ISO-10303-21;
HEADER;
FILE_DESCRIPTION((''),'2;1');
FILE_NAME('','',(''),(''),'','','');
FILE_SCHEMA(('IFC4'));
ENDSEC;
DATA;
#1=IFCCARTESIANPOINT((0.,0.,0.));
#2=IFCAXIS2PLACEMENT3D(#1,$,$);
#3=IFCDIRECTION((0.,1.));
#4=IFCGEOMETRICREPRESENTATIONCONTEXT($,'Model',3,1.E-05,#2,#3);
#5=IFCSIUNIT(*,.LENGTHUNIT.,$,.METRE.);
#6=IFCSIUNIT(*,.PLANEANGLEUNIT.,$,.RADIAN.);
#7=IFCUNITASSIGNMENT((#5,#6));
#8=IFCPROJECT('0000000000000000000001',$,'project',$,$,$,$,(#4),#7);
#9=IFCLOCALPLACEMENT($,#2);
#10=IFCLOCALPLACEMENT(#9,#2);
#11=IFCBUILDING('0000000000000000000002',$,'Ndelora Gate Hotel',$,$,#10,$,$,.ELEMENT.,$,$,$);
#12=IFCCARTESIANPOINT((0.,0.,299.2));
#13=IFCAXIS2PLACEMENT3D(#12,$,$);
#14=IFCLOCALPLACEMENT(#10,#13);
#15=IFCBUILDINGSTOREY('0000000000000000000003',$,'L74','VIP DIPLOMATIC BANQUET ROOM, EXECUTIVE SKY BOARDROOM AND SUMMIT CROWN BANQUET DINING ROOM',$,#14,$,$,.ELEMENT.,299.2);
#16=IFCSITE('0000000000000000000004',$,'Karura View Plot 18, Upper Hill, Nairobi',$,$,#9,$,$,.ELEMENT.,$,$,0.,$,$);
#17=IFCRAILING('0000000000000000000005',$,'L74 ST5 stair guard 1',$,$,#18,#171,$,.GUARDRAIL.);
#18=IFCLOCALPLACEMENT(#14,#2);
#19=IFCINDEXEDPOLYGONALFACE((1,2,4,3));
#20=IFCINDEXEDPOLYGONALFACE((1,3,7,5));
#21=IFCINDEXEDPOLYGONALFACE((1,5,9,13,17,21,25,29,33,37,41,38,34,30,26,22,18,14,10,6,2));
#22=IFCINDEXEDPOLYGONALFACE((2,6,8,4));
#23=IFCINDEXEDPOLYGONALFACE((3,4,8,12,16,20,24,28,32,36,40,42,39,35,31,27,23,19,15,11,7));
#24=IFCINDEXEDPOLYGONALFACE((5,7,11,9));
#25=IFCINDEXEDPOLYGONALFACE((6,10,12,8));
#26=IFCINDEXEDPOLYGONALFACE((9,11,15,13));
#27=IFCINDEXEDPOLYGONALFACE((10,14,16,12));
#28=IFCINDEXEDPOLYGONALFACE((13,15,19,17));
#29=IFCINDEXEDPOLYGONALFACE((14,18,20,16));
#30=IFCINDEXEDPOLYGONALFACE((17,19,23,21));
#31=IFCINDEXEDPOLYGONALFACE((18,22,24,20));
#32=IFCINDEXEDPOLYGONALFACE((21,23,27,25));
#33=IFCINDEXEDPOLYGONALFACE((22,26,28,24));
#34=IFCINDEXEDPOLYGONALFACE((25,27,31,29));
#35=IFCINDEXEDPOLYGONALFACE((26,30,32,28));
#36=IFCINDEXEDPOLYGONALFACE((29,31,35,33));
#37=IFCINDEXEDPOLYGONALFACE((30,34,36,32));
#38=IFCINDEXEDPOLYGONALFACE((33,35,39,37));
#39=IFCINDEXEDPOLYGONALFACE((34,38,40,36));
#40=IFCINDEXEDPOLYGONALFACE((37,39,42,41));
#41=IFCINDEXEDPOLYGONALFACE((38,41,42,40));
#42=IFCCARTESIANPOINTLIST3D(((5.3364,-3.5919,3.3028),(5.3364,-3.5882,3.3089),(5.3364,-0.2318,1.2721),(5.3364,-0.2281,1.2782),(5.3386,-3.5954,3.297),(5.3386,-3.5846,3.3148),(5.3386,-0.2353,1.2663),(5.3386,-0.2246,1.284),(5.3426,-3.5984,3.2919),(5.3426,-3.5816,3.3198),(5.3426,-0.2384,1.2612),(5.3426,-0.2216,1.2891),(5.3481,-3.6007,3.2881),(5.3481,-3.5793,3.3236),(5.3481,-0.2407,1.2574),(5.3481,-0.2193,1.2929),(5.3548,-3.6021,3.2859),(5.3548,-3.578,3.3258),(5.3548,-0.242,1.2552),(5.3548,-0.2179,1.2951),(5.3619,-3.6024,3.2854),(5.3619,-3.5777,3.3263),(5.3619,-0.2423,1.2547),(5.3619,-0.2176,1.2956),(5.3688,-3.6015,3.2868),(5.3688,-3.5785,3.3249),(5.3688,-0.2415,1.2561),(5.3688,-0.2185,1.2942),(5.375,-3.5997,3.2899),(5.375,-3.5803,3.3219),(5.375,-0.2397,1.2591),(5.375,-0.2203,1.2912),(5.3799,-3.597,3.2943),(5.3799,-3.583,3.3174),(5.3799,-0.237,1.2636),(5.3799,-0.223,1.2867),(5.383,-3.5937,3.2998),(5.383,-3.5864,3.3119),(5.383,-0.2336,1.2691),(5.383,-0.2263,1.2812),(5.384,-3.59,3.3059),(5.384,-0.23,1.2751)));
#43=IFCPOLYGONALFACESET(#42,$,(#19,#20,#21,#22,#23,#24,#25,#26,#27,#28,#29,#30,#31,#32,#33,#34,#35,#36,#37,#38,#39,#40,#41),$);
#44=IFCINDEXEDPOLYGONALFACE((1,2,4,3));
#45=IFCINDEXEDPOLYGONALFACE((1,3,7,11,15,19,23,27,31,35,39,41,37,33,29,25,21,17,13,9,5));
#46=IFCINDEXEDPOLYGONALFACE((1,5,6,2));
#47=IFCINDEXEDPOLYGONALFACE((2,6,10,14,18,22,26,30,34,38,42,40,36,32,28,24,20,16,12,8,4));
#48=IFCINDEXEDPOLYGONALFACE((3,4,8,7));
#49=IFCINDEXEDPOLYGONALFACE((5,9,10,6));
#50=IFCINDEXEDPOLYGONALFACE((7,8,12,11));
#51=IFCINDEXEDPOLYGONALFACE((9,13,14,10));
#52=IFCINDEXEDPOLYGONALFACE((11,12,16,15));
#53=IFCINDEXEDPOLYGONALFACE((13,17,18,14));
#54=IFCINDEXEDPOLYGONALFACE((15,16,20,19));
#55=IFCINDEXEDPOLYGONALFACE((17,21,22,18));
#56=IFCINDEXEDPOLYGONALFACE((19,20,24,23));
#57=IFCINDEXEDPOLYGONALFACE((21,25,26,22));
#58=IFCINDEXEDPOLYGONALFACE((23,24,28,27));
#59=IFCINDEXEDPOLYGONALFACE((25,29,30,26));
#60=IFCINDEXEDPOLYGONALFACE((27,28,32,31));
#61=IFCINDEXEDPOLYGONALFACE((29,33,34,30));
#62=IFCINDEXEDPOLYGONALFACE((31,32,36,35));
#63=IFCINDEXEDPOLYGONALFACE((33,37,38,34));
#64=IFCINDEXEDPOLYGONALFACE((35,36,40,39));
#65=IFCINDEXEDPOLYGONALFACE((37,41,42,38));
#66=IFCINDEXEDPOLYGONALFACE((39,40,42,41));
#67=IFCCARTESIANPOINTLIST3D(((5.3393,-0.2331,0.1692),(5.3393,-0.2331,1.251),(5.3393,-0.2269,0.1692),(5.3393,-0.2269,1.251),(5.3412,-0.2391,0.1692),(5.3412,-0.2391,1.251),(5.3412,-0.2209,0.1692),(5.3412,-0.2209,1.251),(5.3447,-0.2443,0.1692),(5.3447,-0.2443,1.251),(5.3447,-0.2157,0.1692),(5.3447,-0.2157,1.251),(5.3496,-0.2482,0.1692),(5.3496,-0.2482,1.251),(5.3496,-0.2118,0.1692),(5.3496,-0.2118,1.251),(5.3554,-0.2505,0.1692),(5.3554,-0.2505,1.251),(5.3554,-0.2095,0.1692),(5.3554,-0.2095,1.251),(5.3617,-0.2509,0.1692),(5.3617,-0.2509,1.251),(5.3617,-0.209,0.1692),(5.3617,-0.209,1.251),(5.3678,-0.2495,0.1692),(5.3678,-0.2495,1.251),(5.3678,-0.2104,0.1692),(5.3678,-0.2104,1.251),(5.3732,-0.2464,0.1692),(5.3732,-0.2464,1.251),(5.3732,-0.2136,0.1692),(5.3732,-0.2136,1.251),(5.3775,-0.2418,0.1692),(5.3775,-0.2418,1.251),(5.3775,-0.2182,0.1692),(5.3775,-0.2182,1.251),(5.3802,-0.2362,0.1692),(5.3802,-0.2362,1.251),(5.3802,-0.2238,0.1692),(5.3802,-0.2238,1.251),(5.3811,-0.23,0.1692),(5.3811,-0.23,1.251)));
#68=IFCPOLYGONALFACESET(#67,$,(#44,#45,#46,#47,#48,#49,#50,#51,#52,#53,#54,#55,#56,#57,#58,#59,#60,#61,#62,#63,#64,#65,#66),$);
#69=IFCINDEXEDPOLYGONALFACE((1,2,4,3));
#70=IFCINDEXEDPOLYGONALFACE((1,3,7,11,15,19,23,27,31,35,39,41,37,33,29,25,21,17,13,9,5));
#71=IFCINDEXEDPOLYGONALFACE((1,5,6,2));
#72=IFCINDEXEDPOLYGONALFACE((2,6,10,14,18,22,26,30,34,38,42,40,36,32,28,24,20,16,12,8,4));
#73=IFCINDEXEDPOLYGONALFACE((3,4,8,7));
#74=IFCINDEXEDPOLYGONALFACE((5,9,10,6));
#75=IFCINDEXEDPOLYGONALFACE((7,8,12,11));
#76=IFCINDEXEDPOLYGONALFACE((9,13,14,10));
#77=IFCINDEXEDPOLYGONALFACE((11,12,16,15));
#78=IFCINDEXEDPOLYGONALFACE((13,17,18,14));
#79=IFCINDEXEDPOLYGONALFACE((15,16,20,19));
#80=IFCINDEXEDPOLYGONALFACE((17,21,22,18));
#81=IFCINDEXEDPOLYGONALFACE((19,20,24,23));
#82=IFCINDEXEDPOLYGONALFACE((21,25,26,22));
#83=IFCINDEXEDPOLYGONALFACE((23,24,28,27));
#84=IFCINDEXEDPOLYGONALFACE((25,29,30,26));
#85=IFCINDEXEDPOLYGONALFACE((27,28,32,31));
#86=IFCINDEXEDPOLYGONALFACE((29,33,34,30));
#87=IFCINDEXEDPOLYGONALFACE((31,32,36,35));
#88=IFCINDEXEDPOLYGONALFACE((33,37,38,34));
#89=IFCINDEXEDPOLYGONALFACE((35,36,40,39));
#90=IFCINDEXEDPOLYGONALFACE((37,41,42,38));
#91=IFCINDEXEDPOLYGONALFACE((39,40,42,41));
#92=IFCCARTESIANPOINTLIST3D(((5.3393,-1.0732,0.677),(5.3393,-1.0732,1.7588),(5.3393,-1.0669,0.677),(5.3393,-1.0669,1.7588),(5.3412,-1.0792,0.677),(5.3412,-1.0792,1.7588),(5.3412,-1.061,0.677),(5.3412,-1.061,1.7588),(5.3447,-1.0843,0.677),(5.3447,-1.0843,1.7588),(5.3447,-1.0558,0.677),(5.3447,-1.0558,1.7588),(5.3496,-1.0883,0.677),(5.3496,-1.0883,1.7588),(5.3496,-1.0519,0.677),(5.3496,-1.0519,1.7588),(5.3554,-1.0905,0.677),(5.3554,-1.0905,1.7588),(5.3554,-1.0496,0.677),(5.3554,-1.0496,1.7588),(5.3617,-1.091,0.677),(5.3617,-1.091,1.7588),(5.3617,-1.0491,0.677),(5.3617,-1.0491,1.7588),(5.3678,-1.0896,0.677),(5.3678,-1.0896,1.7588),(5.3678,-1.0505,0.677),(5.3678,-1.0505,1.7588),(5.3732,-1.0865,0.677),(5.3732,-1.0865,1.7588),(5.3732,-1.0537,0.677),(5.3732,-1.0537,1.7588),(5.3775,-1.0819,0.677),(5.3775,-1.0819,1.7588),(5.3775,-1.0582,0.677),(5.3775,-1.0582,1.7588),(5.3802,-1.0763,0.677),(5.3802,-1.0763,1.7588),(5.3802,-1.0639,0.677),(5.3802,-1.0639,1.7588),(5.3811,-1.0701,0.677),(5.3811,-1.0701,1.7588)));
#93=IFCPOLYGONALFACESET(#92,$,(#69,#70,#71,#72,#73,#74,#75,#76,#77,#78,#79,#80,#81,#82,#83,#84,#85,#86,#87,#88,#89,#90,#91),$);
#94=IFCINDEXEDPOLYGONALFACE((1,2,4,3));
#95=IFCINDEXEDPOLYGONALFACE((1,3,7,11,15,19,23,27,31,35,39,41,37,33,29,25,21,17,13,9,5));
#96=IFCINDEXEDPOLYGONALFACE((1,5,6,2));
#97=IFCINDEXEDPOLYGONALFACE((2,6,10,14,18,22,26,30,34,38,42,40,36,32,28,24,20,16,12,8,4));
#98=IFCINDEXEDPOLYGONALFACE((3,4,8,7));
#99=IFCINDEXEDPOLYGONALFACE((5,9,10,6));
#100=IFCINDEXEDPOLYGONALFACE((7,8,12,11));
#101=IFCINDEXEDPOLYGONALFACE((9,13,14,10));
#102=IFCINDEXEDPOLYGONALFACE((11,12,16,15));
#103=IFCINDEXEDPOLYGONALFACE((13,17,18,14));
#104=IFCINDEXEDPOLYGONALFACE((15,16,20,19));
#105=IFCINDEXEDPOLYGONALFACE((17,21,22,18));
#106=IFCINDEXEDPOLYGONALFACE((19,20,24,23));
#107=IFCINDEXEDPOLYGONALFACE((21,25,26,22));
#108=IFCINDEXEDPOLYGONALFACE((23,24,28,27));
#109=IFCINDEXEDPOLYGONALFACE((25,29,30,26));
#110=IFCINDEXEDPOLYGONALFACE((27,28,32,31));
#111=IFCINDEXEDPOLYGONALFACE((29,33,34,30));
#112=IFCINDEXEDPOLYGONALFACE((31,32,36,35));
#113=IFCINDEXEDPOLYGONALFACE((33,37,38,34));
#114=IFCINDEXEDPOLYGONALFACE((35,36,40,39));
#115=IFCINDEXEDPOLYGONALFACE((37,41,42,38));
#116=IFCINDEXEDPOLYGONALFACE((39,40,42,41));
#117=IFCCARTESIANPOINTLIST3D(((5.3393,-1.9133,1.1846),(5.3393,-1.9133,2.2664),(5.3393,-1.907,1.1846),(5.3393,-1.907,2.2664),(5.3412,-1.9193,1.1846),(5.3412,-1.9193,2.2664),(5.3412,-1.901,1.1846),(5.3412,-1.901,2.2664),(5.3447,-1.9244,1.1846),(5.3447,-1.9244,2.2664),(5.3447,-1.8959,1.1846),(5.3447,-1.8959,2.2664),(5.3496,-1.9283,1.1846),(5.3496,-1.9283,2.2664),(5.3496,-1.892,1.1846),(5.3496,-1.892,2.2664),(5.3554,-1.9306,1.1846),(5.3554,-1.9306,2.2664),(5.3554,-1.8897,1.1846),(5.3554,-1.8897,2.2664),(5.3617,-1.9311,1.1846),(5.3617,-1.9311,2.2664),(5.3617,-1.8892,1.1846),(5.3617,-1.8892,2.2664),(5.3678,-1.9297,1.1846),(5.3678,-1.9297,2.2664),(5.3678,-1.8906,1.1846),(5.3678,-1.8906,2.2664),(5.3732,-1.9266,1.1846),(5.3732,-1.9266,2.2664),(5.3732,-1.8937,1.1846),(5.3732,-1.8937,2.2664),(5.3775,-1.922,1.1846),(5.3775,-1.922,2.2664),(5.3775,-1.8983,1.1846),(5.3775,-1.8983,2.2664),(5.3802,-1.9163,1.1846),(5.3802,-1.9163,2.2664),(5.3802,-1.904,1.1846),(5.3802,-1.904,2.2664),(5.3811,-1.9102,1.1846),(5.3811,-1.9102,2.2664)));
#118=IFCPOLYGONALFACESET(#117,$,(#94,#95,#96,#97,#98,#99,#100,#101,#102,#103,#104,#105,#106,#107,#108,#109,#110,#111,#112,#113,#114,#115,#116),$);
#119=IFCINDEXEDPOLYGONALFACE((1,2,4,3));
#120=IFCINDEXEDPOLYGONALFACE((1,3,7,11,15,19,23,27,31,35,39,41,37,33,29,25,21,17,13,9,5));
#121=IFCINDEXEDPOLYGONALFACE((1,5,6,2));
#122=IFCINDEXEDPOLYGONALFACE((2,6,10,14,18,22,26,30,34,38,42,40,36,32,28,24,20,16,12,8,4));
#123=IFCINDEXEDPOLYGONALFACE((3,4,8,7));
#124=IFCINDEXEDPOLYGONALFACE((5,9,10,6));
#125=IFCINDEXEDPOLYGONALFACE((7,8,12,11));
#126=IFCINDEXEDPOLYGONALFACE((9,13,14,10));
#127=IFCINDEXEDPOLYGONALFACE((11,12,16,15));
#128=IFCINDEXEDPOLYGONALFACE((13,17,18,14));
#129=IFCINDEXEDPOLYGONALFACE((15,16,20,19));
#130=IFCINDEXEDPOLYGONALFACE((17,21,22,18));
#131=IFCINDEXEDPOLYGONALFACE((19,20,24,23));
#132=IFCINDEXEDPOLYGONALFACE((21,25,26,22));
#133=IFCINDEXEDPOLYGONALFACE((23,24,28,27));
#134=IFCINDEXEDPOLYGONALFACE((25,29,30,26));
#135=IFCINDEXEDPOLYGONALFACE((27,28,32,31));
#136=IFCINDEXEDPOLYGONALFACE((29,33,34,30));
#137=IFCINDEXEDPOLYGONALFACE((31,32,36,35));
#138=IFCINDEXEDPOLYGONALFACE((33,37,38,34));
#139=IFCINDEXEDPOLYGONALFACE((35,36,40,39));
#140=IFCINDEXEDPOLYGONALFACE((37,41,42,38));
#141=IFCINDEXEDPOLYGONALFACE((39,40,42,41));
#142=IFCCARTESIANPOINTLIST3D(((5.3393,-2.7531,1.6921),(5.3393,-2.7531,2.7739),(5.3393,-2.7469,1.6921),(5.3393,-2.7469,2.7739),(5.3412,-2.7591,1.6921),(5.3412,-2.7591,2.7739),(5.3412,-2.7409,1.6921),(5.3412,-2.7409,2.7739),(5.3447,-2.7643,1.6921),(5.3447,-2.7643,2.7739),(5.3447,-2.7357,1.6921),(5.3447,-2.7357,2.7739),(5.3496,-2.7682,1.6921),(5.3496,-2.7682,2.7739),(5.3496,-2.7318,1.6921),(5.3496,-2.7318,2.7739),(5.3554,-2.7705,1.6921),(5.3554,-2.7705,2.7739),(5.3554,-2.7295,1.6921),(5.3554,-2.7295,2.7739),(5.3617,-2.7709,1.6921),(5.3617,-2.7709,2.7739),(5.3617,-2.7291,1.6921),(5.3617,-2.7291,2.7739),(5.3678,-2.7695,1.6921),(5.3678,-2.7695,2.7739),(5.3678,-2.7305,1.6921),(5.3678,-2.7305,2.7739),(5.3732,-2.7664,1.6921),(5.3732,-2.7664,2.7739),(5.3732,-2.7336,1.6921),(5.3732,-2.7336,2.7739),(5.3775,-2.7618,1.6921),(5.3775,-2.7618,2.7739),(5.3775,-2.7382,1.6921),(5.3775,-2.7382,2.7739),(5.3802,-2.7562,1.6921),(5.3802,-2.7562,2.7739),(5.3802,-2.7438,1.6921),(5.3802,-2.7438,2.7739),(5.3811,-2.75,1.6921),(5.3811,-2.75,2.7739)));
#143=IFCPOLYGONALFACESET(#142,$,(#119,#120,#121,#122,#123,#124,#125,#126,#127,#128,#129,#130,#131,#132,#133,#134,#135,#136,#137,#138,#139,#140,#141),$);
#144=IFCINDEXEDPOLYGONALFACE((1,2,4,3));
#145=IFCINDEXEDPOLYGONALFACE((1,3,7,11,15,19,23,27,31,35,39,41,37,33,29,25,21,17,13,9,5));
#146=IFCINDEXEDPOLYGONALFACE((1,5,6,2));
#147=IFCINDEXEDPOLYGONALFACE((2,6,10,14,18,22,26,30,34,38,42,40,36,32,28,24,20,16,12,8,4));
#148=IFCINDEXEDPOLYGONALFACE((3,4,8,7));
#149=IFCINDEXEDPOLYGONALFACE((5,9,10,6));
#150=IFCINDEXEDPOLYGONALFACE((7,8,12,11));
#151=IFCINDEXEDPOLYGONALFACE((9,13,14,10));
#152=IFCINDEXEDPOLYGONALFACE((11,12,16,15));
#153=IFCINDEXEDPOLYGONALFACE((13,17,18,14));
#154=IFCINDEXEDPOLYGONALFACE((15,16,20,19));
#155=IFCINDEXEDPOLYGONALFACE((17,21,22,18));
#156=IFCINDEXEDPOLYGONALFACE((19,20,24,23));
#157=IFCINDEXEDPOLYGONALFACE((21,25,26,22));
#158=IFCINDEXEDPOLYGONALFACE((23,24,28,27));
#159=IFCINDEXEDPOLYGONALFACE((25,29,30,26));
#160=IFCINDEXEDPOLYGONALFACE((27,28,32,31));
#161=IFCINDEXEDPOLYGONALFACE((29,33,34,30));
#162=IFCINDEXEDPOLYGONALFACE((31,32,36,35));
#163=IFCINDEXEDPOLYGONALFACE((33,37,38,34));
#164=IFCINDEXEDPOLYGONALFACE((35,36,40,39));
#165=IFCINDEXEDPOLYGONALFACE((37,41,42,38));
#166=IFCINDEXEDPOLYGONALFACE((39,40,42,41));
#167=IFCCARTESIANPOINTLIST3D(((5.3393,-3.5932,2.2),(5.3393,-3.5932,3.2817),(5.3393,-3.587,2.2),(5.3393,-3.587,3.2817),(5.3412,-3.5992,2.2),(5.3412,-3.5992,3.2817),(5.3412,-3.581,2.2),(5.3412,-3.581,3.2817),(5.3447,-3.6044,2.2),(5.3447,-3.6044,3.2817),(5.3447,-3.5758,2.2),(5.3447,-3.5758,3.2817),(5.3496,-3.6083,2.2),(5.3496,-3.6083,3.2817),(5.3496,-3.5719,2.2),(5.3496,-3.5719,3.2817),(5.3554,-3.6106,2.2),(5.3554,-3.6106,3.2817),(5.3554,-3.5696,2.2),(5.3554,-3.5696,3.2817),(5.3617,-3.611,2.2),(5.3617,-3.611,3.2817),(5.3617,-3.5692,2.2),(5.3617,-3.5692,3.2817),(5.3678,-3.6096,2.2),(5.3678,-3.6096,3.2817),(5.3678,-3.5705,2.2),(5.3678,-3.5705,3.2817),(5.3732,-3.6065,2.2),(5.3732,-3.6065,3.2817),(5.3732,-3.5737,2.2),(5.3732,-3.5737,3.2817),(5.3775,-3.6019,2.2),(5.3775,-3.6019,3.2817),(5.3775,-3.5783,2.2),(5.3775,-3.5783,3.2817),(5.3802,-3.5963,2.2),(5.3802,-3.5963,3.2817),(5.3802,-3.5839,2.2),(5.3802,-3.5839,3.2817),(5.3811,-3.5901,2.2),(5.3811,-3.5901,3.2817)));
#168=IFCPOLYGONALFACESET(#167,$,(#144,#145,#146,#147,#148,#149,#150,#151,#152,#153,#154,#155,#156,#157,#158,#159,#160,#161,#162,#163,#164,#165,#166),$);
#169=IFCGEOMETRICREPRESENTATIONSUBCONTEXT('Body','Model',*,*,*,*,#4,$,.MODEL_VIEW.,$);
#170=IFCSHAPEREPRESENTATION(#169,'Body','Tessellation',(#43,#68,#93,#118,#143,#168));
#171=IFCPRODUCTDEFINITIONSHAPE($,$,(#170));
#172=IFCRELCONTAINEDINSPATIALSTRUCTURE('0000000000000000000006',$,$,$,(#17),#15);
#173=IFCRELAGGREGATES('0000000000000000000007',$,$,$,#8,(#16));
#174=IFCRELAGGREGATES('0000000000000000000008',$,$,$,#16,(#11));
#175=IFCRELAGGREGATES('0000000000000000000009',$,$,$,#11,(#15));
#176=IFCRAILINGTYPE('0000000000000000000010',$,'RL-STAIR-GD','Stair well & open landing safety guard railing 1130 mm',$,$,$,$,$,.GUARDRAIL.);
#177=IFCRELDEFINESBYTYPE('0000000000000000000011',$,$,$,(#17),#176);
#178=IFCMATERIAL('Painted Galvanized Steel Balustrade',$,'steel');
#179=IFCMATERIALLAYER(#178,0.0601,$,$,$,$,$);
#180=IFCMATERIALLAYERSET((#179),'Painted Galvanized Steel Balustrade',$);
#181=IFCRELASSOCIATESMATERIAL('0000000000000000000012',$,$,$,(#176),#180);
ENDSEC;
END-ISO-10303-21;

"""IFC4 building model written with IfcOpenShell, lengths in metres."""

from ifc_helpers import new_model, si_unit, direction, frame, origin, origin_2d, place, context, subcontext, project, spatial, circle, extrude, material, layer, layer_set, type_object, element, save


model = new_model("IFC4")

# Units and contexts
model_context = context("Model", 3, precision=1e-05, world=origin(), true_north=direction((0.0, 1.0)))
body_context = subcontext(model_context, "Body", "Model", "MODEL_VIEW")
ifc_project = project(units=[si_unit("LENGTHUNIT", "METRE"), si_unit("PLANEANGLEUNIT", "RADIAN")], contexts=[model_context])

# Site, building, storey
site_placement = place(None, origin())
site = spatial("IfcSite", under=ifc_project, at=site_placement, Name="Karura View Plot 18, Upper Hill, Nairobi", CompositionType="ELEMENT", RefElevation=0.0)
building_placement = place(site_placement, origin())
building = spatial("IfcBuilding", under=site, at=building_placement, Name="Ndelora Gate Hotel", CompositionType="ELEMENT")
storey_placement = place(building_placement, frame((0.0, 0.0, 299.2)))
storey = spatial("IfcBuildingStorey", under=building, at=storey_placement, Name="L74", Description="VIP DIPLOMATIC BANQUET ROOM, EXECUTIVE SKY BOARDROOM AND SUMMIT CROWN BANQUET DINING ROOM", CompositionType="ELEMENT", Elevation=299.2)

# Railing
ifc_material_1 = material(Name="Painted Galvanized Steel Balustrade", Category="steel")
ifc_layer_1 = layer(ifc_material_1, 0.0601)
ifc_layer_set_1 = layer_set([ifc_layer_1], Name="Painted Galvanized Steel Balustrade")
railing_type_1 = type_object("IfcRailingType", Name="RL-STAIR-GD", Description="Stair well & open landing safety guard railing 1130 mm", PredefinedType="GUARDRAIL", material=ifc_layer_set_1)
railing_1_placement = place(storey_placement, frame((5.3601, -0.23, 0.1692)))
element("IfcRailing", 1, at=railing_1_placement, inside=storey, type_object=railing_type_1, Name="L74 ST5 stair guard 1", PredefinedType="GUARDRAIL", context=body_context, shape_type="SweptSolid", body=[
    extrude(circle(Radius=0.0239, at=origin_2d()), frame((0.0, 0.0, 1.106), z_axis=(0.0, -0.855837, 0.517246), x_axis=(1.0, 0.0, 0.0)), (0.0, 0.0, 1.0), 3.926),
    extrude(circle(Radius=0.021, at=origin_2d()), origin(), (0.0, 0.0, 1.0), 1.0818),
    extrude(circle(Radius=0.021, at=origin_2d()), frame((0.0, -0.8401, 0.5078)), (0.0, 0.0, 1.0), 1.0818),
    extrude(circle(Radius=0.021, at=origin_2d()), frame((0.0, -1.6802, 1.0154)), (0.0, 0.0, 1.0), 1.0818),
    extrude(circle(Radius=0.021, at=origin_2d()), frame((0.0, -2.52, 1.5229)), (0.0, 0.0, 1.0), 1.0818),
    extrude(circle(Radius=0.021, at=origin_2d()), frame((0.0, -3.3601, 2.0308)), (0.0, 0.0, 1.0), 1.0818),
])

save(model, "model.ifc")
